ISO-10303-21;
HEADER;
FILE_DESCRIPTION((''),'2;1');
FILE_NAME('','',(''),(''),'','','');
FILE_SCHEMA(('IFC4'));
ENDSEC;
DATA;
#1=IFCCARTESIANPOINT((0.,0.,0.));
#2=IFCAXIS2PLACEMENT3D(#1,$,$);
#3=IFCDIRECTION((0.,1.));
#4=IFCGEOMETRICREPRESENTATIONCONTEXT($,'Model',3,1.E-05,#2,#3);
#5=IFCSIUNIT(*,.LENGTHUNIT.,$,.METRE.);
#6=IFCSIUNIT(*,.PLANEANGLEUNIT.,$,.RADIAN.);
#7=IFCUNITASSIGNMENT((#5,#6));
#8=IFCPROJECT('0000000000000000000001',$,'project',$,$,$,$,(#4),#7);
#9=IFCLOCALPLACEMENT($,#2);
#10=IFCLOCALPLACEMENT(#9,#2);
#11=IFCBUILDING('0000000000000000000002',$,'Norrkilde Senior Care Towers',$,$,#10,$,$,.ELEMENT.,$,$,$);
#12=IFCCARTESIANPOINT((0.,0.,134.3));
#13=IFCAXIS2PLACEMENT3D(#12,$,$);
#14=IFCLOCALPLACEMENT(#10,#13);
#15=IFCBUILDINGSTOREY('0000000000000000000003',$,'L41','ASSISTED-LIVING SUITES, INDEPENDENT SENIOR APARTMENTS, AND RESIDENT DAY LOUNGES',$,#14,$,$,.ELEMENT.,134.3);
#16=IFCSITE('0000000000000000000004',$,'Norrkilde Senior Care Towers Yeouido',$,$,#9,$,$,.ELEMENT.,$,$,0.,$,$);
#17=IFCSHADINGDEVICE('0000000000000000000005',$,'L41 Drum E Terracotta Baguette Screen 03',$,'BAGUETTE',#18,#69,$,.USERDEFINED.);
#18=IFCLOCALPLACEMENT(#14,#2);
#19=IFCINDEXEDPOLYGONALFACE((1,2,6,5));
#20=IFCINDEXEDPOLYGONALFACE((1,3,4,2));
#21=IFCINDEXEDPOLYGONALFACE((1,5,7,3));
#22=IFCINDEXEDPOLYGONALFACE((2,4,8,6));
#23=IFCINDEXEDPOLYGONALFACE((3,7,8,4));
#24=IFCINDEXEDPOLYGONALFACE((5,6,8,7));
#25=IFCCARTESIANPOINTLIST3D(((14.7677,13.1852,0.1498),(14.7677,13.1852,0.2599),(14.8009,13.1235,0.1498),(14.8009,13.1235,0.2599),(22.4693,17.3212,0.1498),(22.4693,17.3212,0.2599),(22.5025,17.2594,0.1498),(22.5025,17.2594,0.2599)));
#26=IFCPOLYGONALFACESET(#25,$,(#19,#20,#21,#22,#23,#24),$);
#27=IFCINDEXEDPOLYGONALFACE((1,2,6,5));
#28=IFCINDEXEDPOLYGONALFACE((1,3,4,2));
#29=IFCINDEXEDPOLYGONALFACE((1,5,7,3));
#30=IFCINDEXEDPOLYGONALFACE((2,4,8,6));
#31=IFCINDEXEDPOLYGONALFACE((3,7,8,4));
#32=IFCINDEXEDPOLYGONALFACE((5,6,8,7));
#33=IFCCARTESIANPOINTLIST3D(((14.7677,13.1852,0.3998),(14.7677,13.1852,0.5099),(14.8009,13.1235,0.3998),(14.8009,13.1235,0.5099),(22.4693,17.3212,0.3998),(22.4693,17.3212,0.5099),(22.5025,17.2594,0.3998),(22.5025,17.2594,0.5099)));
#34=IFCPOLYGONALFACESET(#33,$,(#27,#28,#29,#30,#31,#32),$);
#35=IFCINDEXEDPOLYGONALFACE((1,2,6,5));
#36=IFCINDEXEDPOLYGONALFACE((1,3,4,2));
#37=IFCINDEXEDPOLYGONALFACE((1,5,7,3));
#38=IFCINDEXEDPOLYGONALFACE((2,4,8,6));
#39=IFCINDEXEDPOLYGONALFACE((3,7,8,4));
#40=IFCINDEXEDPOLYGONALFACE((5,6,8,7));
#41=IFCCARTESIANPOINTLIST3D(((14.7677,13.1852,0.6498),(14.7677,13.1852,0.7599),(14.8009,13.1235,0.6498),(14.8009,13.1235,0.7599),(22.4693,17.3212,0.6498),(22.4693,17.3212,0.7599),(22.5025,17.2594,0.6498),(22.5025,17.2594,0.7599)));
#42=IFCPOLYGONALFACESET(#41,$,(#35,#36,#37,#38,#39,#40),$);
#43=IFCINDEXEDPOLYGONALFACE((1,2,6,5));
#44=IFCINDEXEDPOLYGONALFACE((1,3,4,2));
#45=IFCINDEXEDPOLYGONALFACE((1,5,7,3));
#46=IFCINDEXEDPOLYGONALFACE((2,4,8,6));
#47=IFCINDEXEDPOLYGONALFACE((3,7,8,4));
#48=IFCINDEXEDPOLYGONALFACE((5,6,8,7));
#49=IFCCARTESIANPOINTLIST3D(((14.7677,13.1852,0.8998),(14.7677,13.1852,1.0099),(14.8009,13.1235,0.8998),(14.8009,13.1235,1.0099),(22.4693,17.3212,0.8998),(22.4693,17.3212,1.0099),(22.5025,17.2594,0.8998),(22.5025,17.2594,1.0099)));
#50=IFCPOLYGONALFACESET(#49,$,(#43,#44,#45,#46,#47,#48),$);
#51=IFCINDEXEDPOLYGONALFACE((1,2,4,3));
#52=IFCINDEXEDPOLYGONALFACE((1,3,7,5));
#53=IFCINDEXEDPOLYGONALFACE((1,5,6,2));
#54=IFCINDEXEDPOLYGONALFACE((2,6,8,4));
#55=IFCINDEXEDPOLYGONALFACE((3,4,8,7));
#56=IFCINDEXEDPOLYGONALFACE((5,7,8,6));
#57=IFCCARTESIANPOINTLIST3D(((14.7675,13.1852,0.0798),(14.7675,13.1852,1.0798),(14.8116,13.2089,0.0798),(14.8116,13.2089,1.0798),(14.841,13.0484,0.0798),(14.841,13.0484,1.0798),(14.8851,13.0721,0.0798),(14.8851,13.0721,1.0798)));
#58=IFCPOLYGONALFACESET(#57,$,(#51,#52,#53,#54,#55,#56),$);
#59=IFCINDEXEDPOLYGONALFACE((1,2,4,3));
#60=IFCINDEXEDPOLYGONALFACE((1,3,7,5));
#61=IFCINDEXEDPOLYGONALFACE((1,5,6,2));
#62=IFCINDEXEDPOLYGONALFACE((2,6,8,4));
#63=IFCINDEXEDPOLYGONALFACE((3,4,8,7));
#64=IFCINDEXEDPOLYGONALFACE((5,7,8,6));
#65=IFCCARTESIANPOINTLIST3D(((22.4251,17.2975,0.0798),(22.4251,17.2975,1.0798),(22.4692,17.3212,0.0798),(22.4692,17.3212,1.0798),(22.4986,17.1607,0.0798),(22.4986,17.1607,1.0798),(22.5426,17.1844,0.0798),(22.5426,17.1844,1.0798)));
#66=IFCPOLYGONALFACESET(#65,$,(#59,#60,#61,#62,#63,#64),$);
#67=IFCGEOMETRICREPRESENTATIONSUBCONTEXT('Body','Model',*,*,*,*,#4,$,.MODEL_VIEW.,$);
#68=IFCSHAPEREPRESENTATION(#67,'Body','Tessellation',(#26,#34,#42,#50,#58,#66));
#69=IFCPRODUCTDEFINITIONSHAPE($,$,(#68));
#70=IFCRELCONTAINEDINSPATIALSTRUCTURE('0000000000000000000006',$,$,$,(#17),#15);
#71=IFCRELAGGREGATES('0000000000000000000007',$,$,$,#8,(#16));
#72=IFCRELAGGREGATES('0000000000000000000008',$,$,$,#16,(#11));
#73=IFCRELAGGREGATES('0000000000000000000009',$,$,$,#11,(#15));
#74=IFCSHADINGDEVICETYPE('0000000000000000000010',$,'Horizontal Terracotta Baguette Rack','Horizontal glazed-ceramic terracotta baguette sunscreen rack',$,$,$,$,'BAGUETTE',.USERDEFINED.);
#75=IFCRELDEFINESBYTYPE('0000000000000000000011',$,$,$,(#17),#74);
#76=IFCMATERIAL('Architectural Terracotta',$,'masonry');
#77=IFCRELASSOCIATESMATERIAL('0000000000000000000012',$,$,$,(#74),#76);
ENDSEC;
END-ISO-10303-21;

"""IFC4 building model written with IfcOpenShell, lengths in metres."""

from ifc_helpers import new_model, si_unit, direction, frame, origin, origin_2d, place, context, subcontext, project, spatial, rectangle, extrude, source, transform, mapped, material, type_object, type_shapes, element, save


model = new_model("IFC4")

# Units and contexts
model_context = context("Model", 3, precision=1e-05, world=origin(), true_north=direction((0.0, 1.0)))
body_context = subcontext(model_context, "Body", "Model", "MODEL_VIEW")
ifc_project = project(units=[si_unit("LENGTHUNIT", "METRE"), si_unit("PLANEANGLEUNIT", "RADIAN")], contexts=[model_context])

# Site, building, storey
site_placement = place(None, origin())
site = spatial("IfcSite", under=ifc_project, at=site_placement, Name="Norrkilde Senior Care Towers Yeouido", CompositionType="ELEMENT", RefElevation=0.0)
building_placement = place(site_placement, origin())
building = spatial("IfcBuilding", under=site, at=building_placement, Name="Norrkilde Senior Care Towers", CompositionType="ELEMENT")
storey_placement = place(building_placement, frame((0.0, 0.0, 134.3)))
storey = spatial("IfcBuildingStorey", under=building, at=storey_placement, Name="L41", Description="ASSISTED-LIVING SUITES, INDEPENDENT SENIOR APARTMENTS, AND RESIDENT DAY LOUNGES", CompositionType="ELEMENT", Elevation=134.3)

# Shading device
ifc_material_1 = material(Name="Architectural Terracotta", Category="masonry")
shading_device_type = type_object("IfcShadingDeviceType", Name="Horizontal Terracotta Baguette Rack", Description="Horizontal glazed-ceramic terracotta baguette sunscreen rack", ElementType="BAGUETTE", PredefinedType="USERDEFINED", material=ifc_material_1)
shared_shape_1 = source(origin(), body_context, "Body", "SweptSolid", [
    extrude(rectangle(XDim=0.0701, YDim=0.1101, at=origin_2d()), frame((0.0, 0.0901, 0.125), z_axis=(1.0, 0.0, 0.0), x_axis=(0.0, 1.0, 0.0)), (0.0, 0.0, 1.0), 8.7419),
    extrude(rectangle(XDim=0.0701, YDim=0.1101, at=origin_2d()), frame((0.0, 0.0901, 0.375), z_axis=(1.0, 0.0, 0.0), x_axis=(0.0, 1.0, 0.0)), (0.0, 0.0, 1.0), 8.7419),
    extrude(rectangle(XDim=0.0701, YDim=0.1101, at=origin_2d()), frame((0.0, 0.0901, 0.625), z_axis=(1.0, 0.0, 0.0), x_axis=(0.0, 1.0, 0.0)), (0.0, 0.0, 1.0), 8.7419),
    extrude(rectangle(XDim=0.0701, YDim=0.1101, at=origin_2d()), frame((0.0, 0.0901, 0.875), z_axis=(1.0, 0.0, 0.0), x_axis=(0.0, 1.0, 0.0)), (0.0, 0.0, 1.0), 8.7419),
    extrude(rectangle(XDim=0.05, YDim=0.1553, at=origin_2d()), frame((0.0249, 0.0476, 0.0)), (0.0, 0.0, 1.0), 1.0),
    extrude(rectangle(XDim=0.05, YDim=0.1553, at=origin_2d()), frame((8.7168, 0.0476, 0.0)), (0.0, 0.0, 1.0), 1.0),
])
type_shapes(shading_device_type, [shared_shape_1])
shading_device_placement = place(storey_placement, frame((14.8269, 13.075, 0.0798), z_axis=(0.0, 0.0, 1.0), x_axis=(0.881001, 0.47312, 0.0)))
element("IfcShadingDevice", 1, at=shading_device_placement, inside=storey, type_object=shading_device_type, Name="L41 Drum E Terracotta Baguette Screen 03", ObjectType="BAGUETTE", PredefinedType="USERDEFINED", context=body_context, shape_type="MappedRepresentation", body=[
    mapped(shared_shape_1, transform((0.0, 0.0, 0.0), x_axis=(1.0, 0.0, 0.0), y_axis=(0.0, 1.0, 0.0), z_axis=(0.0, 0.0, 1.0), scale=1.0)),
])

save(model, "model.ifc")
